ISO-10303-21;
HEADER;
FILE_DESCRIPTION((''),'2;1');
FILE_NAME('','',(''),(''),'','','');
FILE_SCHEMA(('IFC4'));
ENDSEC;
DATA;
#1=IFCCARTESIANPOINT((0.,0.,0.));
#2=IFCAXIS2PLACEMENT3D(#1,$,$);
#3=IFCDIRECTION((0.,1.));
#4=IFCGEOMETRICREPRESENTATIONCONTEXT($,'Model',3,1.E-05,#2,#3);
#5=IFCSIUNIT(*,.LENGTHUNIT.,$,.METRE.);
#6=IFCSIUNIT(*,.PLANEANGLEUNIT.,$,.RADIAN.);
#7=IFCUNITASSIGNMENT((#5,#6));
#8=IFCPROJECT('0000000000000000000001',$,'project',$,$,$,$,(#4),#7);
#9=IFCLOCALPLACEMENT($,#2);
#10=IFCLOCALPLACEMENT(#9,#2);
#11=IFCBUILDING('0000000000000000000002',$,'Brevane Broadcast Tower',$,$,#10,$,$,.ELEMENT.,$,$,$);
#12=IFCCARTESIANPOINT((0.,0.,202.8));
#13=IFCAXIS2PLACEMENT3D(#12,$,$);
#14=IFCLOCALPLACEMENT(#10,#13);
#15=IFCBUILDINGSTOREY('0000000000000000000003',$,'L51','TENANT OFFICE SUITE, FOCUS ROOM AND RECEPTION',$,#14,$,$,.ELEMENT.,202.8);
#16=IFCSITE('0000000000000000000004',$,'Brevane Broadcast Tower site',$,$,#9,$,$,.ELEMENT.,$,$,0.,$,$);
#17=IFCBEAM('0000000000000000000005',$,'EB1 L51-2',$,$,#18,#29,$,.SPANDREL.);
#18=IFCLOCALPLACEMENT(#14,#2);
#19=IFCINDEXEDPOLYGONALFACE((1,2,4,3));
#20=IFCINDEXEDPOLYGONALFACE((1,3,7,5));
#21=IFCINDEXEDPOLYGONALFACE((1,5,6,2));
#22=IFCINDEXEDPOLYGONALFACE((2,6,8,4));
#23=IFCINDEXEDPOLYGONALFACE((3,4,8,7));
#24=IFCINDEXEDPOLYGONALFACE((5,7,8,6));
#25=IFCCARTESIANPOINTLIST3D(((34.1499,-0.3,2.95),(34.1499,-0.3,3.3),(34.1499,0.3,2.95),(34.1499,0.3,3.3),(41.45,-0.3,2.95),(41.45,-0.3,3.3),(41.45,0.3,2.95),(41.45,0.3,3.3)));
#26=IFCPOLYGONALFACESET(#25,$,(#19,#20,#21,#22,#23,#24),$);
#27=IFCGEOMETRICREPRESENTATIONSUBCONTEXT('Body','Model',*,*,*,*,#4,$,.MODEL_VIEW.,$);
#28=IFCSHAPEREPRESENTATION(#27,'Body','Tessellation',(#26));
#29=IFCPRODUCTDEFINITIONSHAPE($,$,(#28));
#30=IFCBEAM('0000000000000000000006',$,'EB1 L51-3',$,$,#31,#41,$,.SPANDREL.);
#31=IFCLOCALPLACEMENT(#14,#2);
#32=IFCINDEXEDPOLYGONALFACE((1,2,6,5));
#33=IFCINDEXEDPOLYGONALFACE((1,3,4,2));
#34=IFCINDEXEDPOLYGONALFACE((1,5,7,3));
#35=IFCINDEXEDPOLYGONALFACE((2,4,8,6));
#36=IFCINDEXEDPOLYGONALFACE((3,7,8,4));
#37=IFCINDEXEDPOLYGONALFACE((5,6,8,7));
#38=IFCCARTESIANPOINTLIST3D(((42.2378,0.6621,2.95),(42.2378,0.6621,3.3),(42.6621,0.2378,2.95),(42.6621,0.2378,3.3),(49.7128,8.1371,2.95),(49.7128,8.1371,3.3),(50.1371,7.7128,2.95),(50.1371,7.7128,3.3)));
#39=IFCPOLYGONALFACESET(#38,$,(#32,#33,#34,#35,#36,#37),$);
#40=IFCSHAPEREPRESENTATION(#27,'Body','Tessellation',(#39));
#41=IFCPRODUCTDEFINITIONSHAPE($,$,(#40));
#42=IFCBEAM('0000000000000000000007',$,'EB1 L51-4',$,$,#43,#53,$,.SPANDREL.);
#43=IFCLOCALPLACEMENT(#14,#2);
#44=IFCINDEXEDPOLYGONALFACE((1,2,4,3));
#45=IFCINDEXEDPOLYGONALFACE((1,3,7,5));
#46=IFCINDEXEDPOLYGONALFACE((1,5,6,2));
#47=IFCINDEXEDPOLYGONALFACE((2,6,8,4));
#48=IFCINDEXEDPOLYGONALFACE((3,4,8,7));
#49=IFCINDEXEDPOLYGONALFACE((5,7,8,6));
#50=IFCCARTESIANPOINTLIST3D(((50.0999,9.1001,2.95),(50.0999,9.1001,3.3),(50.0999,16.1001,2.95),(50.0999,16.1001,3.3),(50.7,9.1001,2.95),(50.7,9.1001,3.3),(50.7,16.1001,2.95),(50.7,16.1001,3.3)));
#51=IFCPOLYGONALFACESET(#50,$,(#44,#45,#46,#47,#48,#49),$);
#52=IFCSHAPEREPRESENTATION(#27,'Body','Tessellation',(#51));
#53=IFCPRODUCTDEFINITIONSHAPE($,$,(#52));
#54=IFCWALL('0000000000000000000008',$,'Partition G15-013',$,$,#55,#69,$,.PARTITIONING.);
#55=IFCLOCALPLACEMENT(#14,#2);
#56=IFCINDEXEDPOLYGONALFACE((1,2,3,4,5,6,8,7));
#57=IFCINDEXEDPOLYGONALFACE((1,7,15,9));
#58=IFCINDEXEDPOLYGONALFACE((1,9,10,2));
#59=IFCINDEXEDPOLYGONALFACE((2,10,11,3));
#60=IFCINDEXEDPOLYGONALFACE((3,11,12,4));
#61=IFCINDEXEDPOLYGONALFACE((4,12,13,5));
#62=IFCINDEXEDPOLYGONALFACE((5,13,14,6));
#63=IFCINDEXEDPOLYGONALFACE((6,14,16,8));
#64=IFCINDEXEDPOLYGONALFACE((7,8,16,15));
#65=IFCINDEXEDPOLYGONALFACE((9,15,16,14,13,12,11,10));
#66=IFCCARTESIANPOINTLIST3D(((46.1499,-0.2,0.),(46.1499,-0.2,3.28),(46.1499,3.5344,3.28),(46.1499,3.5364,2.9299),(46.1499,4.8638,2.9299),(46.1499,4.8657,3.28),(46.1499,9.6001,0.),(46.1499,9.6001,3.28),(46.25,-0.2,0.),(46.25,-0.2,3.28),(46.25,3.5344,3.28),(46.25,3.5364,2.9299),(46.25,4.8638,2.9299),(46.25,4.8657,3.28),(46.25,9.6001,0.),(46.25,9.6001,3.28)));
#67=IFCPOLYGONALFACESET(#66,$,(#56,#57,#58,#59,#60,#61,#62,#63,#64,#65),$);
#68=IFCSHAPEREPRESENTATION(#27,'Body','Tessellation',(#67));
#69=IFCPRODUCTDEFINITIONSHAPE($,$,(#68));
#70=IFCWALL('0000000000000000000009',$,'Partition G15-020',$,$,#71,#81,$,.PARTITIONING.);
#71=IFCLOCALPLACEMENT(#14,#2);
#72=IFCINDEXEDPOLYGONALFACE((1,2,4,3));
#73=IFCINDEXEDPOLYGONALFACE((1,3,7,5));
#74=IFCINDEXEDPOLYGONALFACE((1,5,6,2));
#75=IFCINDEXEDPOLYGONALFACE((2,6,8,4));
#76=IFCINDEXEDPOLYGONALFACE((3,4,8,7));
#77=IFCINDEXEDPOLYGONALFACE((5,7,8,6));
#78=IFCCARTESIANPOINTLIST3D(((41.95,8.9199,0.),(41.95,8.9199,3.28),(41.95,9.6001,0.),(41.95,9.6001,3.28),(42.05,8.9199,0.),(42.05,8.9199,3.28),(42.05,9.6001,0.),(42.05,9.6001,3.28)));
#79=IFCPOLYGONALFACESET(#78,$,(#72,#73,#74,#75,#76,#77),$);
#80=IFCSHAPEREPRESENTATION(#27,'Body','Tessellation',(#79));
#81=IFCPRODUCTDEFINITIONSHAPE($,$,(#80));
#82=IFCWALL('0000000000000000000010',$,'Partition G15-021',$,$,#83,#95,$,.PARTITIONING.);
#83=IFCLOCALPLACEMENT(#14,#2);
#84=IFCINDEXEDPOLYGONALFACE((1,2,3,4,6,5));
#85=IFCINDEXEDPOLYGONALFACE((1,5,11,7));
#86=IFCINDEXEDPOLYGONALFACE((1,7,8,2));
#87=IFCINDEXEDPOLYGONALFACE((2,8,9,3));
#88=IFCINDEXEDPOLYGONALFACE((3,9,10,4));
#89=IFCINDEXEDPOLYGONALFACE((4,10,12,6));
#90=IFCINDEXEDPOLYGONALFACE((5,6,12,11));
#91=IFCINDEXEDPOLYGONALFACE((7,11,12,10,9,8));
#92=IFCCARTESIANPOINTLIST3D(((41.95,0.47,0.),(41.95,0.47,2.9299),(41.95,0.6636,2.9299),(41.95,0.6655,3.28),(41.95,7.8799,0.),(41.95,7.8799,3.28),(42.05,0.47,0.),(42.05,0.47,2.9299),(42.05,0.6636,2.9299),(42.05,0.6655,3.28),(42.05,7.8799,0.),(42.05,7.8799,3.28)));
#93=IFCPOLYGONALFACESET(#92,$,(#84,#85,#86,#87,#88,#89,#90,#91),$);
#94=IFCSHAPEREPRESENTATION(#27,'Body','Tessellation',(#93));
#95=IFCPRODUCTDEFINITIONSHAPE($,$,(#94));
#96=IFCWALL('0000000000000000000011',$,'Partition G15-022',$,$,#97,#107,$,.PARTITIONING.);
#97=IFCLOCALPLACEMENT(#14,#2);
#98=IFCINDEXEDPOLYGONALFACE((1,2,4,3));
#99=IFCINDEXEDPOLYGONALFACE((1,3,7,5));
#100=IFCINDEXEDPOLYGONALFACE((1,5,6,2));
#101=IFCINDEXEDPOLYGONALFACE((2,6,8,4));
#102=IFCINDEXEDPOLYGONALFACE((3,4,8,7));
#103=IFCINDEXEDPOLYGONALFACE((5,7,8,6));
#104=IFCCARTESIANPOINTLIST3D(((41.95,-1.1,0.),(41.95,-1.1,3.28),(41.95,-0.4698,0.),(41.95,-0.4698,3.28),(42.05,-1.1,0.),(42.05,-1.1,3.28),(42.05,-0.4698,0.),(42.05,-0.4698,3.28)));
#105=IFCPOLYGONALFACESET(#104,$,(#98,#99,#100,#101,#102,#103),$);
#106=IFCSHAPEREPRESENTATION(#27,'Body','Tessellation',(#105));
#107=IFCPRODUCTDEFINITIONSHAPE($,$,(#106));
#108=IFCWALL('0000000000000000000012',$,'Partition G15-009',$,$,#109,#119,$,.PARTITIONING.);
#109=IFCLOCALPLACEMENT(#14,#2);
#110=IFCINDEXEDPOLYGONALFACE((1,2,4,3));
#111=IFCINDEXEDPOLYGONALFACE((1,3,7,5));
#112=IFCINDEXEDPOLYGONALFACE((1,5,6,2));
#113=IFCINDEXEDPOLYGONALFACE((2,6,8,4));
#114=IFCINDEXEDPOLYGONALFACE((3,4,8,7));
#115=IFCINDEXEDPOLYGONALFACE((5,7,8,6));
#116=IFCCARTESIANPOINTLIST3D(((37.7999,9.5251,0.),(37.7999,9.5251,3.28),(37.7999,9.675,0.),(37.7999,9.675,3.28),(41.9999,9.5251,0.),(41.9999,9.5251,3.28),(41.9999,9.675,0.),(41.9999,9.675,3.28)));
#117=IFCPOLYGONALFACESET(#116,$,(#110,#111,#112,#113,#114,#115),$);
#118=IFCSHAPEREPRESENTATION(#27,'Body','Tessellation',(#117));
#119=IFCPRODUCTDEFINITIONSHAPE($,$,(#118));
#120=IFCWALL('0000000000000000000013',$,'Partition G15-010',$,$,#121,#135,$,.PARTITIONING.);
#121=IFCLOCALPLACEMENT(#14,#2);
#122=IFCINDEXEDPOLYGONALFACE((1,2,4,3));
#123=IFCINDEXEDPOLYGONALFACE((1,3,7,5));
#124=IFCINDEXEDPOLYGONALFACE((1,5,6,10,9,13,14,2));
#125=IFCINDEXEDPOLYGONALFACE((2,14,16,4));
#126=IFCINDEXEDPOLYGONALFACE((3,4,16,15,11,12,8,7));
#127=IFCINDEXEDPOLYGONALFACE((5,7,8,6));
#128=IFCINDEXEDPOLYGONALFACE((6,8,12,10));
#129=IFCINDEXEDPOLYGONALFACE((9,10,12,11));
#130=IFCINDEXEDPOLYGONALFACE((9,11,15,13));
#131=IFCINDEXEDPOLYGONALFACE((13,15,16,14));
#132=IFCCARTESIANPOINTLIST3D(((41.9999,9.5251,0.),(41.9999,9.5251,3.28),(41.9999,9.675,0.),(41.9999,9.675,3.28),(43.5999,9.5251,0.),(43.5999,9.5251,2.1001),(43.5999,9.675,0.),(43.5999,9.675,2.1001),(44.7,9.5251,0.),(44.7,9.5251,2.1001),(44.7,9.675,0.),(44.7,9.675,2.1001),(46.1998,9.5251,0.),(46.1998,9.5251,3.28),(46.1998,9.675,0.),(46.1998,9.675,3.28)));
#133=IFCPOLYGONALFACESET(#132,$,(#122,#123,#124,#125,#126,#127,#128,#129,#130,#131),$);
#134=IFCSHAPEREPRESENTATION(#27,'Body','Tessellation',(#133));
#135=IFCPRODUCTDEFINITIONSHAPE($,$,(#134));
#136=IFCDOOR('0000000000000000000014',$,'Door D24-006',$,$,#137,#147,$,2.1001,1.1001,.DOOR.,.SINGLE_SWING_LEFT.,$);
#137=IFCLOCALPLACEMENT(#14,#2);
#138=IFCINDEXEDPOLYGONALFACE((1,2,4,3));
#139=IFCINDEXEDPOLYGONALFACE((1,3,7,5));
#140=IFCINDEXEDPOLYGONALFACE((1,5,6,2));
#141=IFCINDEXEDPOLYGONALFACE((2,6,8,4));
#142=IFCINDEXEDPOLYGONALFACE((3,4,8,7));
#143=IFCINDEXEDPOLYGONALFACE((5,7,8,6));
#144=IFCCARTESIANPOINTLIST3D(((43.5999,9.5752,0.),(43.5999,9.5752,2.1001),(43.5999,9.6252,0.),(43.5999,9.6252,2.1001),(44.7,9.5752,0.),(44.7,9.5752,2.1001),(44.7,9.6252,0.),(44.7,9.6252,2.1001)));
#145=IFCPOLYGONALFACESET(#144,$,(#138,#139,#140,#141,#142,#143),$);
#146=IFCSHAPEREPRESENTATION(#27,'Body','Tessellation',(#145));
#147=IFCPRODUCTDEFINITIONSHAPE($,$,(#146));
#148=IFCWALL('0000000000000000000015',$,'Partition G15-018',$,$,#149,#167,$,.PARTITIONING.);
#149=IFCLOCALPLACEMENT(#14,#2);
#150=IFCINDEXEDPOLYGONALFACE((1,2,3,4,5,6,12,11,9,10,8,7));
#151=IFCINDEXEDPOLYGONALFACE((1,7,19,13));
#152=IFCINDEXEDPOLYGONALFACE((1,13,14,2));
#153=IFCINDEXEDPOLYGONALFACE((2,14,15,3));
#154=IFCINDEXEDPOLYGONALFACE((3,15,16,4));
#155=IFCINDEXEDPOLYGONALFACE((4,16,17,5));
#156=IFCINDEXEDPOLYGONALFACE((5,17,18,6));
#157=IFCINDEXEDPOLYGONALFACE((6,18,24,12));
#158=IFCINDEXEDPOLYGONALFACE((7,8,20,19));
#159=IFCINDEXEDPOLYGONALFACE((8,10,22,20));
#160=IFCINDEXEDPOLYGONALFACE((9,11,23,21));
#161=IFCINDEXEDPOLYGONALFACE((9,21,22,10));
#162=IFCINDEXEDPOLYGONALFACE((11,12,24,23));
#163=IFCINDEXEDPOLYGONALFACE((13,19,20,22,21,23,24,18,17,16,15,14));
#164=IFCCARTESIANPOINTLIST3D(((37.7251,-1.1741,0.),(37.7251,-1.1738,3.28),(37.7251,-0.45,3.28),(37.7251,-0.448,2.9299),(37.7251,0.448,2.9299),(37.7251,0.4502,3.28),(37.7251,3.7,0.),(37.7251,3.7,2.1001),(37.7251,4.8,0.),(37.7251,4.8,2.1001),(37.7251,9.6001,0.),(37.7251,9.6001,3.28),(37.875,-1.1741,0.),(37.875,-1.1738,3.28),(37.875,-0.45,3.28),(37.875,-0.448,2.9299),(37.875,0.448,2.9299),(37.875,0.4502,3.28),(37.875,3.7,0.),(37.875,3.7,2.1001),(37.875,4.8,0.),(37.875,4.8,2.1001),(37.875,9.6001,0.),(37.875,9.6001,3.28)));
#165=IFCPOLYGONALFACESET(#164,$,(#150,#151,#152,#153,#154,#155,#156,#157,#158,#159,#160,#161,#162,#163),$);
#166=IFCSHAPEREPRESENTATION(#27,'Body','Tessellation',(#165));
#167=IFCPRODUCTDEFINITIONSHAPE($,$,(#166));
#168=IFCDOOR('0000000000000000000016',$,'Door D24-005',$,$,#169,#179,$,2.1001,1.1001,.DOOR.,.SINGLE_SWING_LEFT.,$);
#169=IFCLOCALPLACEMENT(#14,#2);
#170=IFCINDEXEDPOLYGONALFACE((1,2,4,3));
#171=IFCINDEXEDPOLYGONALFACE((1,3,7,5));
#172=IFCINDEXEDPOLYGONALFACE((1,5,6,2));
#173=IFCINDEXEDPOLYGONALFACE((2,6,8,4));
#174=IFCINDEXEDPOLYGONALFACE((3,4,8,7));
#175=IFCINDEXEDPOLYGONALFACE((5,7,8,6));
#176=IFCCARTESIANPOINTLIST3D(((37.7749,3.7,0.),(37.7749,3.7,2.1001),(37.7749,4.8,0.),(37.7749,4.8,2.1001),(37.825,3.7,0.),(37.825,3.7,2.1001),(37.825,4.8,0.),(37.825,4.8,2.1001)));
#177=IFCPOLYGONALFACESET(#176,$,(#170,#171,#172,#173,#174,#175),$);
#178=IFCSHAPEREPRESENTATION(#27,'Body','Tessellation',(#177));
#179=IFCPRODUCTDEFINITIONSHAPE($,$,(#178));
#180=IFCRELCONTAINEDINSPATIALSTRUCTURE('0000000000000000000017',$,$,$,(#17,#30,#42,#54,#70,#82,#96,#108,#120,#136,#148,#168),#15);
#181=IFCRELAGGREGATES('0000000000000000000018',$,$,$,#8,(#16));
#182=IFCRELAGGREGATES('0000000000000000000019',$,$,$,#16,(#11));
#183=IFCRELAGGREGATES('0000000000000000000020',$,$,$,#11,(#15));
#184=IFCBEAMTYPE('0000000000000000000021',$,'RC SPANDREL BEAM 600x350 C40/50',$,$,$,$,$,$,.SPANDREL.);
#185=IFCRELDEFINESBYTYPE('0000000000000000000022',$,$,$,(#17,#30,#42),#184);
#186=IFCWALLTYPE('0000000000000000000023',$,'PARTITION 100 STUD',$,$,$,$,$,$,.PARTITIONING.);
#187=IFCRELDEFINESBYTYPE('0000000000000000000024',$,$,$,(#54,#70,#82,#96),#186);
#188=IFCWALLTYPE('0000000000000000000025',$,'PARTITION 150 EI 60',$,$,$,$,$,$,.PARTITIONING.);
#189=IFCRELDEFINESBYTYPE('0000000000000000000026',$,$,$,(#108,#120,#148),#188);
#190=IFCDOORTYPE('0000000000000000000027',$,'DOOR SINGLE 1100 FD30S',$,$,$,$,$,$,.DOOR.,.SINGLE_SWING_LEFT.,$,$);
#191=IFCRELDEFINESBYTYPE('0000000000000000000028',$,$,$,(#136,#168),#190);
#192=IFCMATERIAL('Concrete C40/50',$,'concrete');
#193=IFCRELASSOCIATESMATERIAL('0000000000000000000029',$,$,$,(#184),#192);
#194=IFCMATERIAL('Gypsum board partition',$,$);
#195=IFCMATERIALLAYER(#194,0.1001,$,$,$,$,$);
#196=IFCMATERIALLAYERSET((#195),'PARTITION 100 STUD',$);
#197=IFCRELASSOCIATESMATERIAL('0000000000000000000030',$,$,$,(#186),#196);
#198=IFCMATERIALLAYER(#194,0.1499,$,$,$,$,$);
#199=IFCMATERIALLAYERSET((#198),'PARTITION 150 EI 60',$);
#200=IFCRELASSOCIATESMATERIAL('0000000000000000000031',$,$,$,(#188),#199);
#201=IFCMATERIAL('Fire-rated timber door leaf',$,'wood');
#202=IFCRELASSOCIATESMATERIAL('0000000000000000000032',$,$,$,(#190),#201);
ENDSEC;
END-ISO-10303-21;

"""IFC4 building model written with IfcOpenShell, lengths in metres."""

from ifc_helpers import new_model, si_unit, direction, frame, frame_2d, origin, origin_2d, place, context, subcontext, project, spatial, polyline, rectangle, outline, extrude, material, layer, layer_set, material_profile, profile_set, type_object, element, fill, save


model = new_model("IFC4")

# Units and contexts
model_context = context("Model", 3, precision=1e-05, world=origin(), true_north=direction((0.0, 1.0)))
body_context = subcontext(model_context, "Body", "Model", "MODEL_VIEW")
ifc_project = project(units=[si_unit("LENGTHUNIT", "METRE"), si_unit("PLANEANGLEUNIT", "RADIAN")], contexts=[model_context])

# Site, building, storey
site_placement = place(None, origin())
site = spatial("IfcSite", under=ifc_project, at=site_placement, Name="Brevane Broadcast Tower site", CompositionType="ELEMENT", RefElevation=0.0)
building_placement = place(site_placement, origin())
building = spatial("IfcBuilding", under=site, at=building_placement, Name="Brevane Broadcast Tower", CompositionType="ELEMENT")
storey_placement = place(building_placement, frame((0.0, 0.0, 202.8)))
storey = spatial("IfcBuildingStorey", under=building, at=storey_placement, Name="L51", Description="TENANT OFFICE SUITE, FOCUS ROOM AND RECEPTION", CompositionType="ELEMENT", Elevation=202.8)

# Beams
ifc_material_1 = material(Name="Concrete C40/50", Category="concrete")
ifc_material_profile_1 = material_profile(ifc_material_1, rectangle(XDim=0.6001, YDim=0.3501, at=origin_2d()), Name="RC 600x350")
ifc_profile_set_1 = profile_set([ifc_material_profile_1], Name="Concrete C40/50")
beam_type = type_object("IfcBeamType", Name="RC SPANDREL BEAM 600x350 C40/50", PredefinedType="SPANDREL", material=ifc_profile_set_1)
beam_1_placement = place(storey_placement, frame((34.1499, 0.0, 3.125), z_axis=(1.0, 0.0, 0.0), x_axis=(0.0, 1.0, 0.0)))
element("IfcBeam", 1, at=beam_1_placement, inside=storey, type_object=beam_type, Name="EB1 L51-2", PredefinedType="SPANDREL", context=body_context, shape_type="SweptSolid", body=[
    extrude(rectangle(XDim=0.6001, YDim=0.3501, at=origin_2d()), origin(), (0.0, 0.0, 1.0), 7.3),
])
beam_2_placement = place(storey_placement, frame((42.45, 0.45, 3.125), z_axis=(0.707107, 0.707107, 0.0), x_axis=(-0.707107, 0.707107, 0.0)))
element("IfcBeam", 2, at=beam_2_placement, inside=storey, type_object=beam_type, Name="EB1 L51-3", PredefinedType="SPANDREL", context=body_context, shape_type="SweptSolid", body=[
    extrude(rectangle(XDim=0.6001, YDim=0.3501, at=origin_2d()), origin(), (0.0, 0.0, 1.0), 10.5713),
])
beam_3_placement = place(storey_placement, frame((50.3999, 9.1001, 3.125), z_axis=(0.0, 1.0, 0.0), x_axis=(-1.0, 0.0, 0.0)))
element("IfcBeam", 3, at=beam_3_placement, inside=storey, type_object=beam_type, Name="EB1 L51-4", PredefinedType="SPANDREL", context=body_context, shape_type="SweptSolid", body=[
    extrude(rectangle(XDim=0.6001, YDim=0.3501, at=origin_2d()), origin(), (0.0, 0.0, 1.0), 7.0),
])

# Walls
ifc_material_2 = material(Name="Gypsum board partition")
ifc_layer_1 = layer(ifc_material_2, 0.1001)
ifc_layer_set_1 = layer_set([ifc_layer_1], Name="PARTITION 100 STUD")
wall_type_1 = type_object("IfcWallType", Name="PARTITION 100 STUD", PredefinedType="PARTITIONING", material=ifc_layer_set_1)
wall_1_placement = place(storey_placement, frame((46.2, -0.2, 0.0), z_axis=(0.0, 0.0, 1.0), x_axis=(0.0, 1.0, 0.0)))
element("IfcWall", 4, at=wall_1_placement, inside=storey, type_object=wall_type_1, Name="Partition G15-013", PredefinedType="PARTITIONING", context=body_context, shape_type="SweptSolid", body=[
    extrude(outline(polyline([(0.0, 0.0), (9.8, 0.0), (9.8, 3.28), (5.0657, 3.28), (5.0637, 2.9299), (3.7363, 2.9299), (3.7344, 3.28), (0.0, 3.28), (0.0, 0.0)])), frame((0.0, 0.05, 0.0), z_axis=(0.0, -1.0, 0.0), x_axis=(1.0, 0.0, 0.0)), (0.0, 0.0, 1.0), 0.1001),
])
wall_2_placement = place(storey_placement, frame((42.0, 9.6001, 0.0), z_axis=(0.0, 0.0, 1.0), x_axis=(0.0, -1.0, 0.0)))
element("IfcWall", 5, at=wall_2_placement, inside=storey, type_object=wall_type_1, Name="Partition G15-020", PredefinedType="PARTITIONING", context=body_context, shape_type="SweptSolid", body=[
    extrude(rectangle(XDim=0.6802, YDim=0.1001, at=frame_2d((0.3401, 0.0))), origin(), (0.0, 0.0, 1.0), 3.28),
])
wall_3_placement = place(storey_placement, frame((42.0, 7.8799, 0.0), z_axis=(0.0, 0.0, 1.0), x_axis=(0.0, -1.0, 0.0)))
element("IfcWall", 6, at=wall_3_placement, inside=storey, type_object=wall_type_1, Name="Partition G15-021", PredefinedType="PARTITIONING", context=body_context, shape_type="SweptSolid", body=[
    extrude(outline(polyline([(0.0, 0.0), (7.4099, 0.0), (7.4099, 2.9299), (7.2163, 2.9299), (7.2144, 3.28), (0.0, 3.28), (0.0, 0.0)])), frame((0.0, 0.05, 0.0), z_axis=(0.0, -1.0, 0.0), x_axis=(1.0, 0.0, 0.0)), (0.0, 0.0, 1.0), 0.1001),
])
wall_4_placement = place(storey_placement, frame((42.0, -0.47, 0.0), z_axis=(0.0, 0.0, 1.0), x_axis=(0.0, -1.0, 0.0)))
element("IfcWall", 7, at=wall_4_placement, inside=storey, type_object=wall_type_1, Name="Partition G15-022", PredefinedType="PARTITIONING", context=body_context, shape_type="SweptSolid", body=[
    extrude(rectangle(XDim=0.6301, YDim=0.1001, at=frame_2d((0.3149, 0.0))), origin(), (0.0, 0.0, 1.0), 3.28),
])
ifc_layer_2 = layer(ifc_material_2, 0.1499)
ifc_layer_set_2 = layer_set([ifc_layer_2], Name="PARTITION 150 EI 60")
wall_type_2 = type_object("IfcWallType", Name="PARTITION 150 EI 60", PredefinedType="PARTITIONING", material=ifc_layer_set_2)
wall_5_placement = place(storey_placement, frame((42.0, 9.6001, 0.0), z_axis=(0.0, 0.0, 1.0), x_axis=(-1.0, 0.0, 0.0)))
element("IfcWall", 8, at=wall_5_placement, inside=storey, type_object=wall_type_2, Name="Partition G15-009", PredefinedType="PARTITIONING", context=body_context, shape_type="SweptSolid", body=[
    extrude(rectangle(XDim=4.2, YDim=0.1499, at=frame_2d((2.1001, 0.0))), origin(), (0.0, 0.0, 1.0), 3.28),
])

# Walls, openings, doors
wall_6_placement = place(storey_placement, frame((46.2, 9.6001, 0.0), z_axis=(0.0, 0.0, 1.0), x_axis=(-1.0, 0.0, 0.0)))
wall_6 = element("IfcWall", 9, at=wall_6_placement, inside=storey, type_object=wall_type_2, Name="Partition G15-010", PredefinedType="PARTITIONING", context=body_context, shape_type="SweptSolid", body=[
    extrude(rectangle(XDim=4.2, YDim=0.1499, at=frame_2d((2.1001, 0.0))), origin(), (0.0, 0.0, 1.0), 3.28),
])
opening_1_placement = place(wall_6_placement, frame((1.5, 0.0, 0.0)))
opening_1 = element("IfcOpeningElement", 10, at=opening_1_placement, cuts=wall_6, PredefinedType="OPENING", context=body_context, shape_type="SweptSolid", body=[
    extrude(rectangle(XDim=1.1001, YDim=2.1001, at=frame_2d((0.55, 1.05))), frame((0.0, 0.085, 0.0), z_axis=(0.0, -1.0, 0.0), x_axis=(1.0, 0.0, 0.0)), (0.0, 0.0, 1.0), 0.1699),
])
ifc_material_3 = material(Name="Fire-rated timber door leaf", Category="wood")
door_type = type_object("IfcDoorType", Name="DOOR SINGLE 1100 FD30S", OperationType="SINGLE_SWING_LEFT", PredefinedType="DOOR", material=ifc_material_3)
door_1_placement = place(opening_1_placement, origin())
door_1 = element("IfcDoor", 11, at=door_1_placement, inside=storey, type_object=door_type, Name="Door D24-006", OperationType="SINGLE_SWING_LEFT", OverallHeight=2.1001, OverallWidth=1.1001, PredefinedType="DOOR", context=body_context, shape_type="SweptSolid", body=[
    extrude(rectangle(XDim=1.1001, YDim=2.1001, at=frame_2d((0.55, 1.05))), frame((0.0, 0.0249, 0.0), z_axis=(0.0, -1.0, 0.0), x_axis=(1.0, 0.0, 0.0)), (0.0, 0.0, 1.0), 0.05),
])
fill(opening_1, door_1)
wall_7_placement = place(storey_placement, frame((37.8, 9.6001, 0.0), z_axis=(0.0, 0.0, 1.0), x_axis=(0.0, -1.0, 0.0)))
wall_7 = element("IfcWall", 12, at=wall_7_placement, inside=storey, type_object=wall_type_2, Name="Partition G15-018", PredefinedType="PARTITIONING", context=body_context, shape_type="SweptSolid", body=[
    extrude(outline(polyline([(0.0, 0.0), (10.7742, 0.0), (10.7739, 3.28), (10.7, 3.28), (10.05, 3.28), (10.0481, 2.9299), (9.1521, 2.9299), (9.1499, 3.28), (0.0, 3.28), (0.0, 0.0)])), frame((0.0, 0.075, 0.0), z_axis=(0.0, -1.0, 0.0), x_axis=(1.0, 0.0, 0.0)), (0.0, 0.0, 1.0), 0.1499),
])
opening_2_placement = place(wall_7_placement, frame((4.8, 0.0, 0.0)))
opening_2 = element("IfcOpeningElement", 13, at=opening_2_placement, cuts=wall_7, PredefinedType="OPENING", context=body_context, shape_type="SweptSolid", body=[
    extrude(rectangle(XDim=1.1001, YDim=2.1001, at=frame_2d((0.55, 1.05))), frame((0.0, 0.085, 0.0), z_axis=(0.0, -1.0, 0.0), x_axis=(1.0, 0.0, 0.0)), (0.0, 0.0, 1.0), 0.1699),
])
door_2_placement = place(opening_2_placement, origin())
door_2 = element("IfcDoor", 14, at=door_2_placement, inside=storey, type_object=door_type, Name="Door D24-005", OperationType="SINGLE_SWING_LEFT", OverallHeight=2.1001, OverallWidth=1.1001, PredefinedType="DOOR", context=body_context, shape_type="SweptSolid", body=[
    extrude(rectangle(XDim=1.1001, YDim=2.1001, at=frame_2d((0.55, 1.05))), frame((0.0, 0.0249, 0.0), z_axis=(0.0, -1.0, 0.0), x_axis=(1.0, 0.0, 0.0)), (0.0, 0.0, 1.0), 0.05),
])
fill(opening_2, door_2)

save(model, "model.ifc")
